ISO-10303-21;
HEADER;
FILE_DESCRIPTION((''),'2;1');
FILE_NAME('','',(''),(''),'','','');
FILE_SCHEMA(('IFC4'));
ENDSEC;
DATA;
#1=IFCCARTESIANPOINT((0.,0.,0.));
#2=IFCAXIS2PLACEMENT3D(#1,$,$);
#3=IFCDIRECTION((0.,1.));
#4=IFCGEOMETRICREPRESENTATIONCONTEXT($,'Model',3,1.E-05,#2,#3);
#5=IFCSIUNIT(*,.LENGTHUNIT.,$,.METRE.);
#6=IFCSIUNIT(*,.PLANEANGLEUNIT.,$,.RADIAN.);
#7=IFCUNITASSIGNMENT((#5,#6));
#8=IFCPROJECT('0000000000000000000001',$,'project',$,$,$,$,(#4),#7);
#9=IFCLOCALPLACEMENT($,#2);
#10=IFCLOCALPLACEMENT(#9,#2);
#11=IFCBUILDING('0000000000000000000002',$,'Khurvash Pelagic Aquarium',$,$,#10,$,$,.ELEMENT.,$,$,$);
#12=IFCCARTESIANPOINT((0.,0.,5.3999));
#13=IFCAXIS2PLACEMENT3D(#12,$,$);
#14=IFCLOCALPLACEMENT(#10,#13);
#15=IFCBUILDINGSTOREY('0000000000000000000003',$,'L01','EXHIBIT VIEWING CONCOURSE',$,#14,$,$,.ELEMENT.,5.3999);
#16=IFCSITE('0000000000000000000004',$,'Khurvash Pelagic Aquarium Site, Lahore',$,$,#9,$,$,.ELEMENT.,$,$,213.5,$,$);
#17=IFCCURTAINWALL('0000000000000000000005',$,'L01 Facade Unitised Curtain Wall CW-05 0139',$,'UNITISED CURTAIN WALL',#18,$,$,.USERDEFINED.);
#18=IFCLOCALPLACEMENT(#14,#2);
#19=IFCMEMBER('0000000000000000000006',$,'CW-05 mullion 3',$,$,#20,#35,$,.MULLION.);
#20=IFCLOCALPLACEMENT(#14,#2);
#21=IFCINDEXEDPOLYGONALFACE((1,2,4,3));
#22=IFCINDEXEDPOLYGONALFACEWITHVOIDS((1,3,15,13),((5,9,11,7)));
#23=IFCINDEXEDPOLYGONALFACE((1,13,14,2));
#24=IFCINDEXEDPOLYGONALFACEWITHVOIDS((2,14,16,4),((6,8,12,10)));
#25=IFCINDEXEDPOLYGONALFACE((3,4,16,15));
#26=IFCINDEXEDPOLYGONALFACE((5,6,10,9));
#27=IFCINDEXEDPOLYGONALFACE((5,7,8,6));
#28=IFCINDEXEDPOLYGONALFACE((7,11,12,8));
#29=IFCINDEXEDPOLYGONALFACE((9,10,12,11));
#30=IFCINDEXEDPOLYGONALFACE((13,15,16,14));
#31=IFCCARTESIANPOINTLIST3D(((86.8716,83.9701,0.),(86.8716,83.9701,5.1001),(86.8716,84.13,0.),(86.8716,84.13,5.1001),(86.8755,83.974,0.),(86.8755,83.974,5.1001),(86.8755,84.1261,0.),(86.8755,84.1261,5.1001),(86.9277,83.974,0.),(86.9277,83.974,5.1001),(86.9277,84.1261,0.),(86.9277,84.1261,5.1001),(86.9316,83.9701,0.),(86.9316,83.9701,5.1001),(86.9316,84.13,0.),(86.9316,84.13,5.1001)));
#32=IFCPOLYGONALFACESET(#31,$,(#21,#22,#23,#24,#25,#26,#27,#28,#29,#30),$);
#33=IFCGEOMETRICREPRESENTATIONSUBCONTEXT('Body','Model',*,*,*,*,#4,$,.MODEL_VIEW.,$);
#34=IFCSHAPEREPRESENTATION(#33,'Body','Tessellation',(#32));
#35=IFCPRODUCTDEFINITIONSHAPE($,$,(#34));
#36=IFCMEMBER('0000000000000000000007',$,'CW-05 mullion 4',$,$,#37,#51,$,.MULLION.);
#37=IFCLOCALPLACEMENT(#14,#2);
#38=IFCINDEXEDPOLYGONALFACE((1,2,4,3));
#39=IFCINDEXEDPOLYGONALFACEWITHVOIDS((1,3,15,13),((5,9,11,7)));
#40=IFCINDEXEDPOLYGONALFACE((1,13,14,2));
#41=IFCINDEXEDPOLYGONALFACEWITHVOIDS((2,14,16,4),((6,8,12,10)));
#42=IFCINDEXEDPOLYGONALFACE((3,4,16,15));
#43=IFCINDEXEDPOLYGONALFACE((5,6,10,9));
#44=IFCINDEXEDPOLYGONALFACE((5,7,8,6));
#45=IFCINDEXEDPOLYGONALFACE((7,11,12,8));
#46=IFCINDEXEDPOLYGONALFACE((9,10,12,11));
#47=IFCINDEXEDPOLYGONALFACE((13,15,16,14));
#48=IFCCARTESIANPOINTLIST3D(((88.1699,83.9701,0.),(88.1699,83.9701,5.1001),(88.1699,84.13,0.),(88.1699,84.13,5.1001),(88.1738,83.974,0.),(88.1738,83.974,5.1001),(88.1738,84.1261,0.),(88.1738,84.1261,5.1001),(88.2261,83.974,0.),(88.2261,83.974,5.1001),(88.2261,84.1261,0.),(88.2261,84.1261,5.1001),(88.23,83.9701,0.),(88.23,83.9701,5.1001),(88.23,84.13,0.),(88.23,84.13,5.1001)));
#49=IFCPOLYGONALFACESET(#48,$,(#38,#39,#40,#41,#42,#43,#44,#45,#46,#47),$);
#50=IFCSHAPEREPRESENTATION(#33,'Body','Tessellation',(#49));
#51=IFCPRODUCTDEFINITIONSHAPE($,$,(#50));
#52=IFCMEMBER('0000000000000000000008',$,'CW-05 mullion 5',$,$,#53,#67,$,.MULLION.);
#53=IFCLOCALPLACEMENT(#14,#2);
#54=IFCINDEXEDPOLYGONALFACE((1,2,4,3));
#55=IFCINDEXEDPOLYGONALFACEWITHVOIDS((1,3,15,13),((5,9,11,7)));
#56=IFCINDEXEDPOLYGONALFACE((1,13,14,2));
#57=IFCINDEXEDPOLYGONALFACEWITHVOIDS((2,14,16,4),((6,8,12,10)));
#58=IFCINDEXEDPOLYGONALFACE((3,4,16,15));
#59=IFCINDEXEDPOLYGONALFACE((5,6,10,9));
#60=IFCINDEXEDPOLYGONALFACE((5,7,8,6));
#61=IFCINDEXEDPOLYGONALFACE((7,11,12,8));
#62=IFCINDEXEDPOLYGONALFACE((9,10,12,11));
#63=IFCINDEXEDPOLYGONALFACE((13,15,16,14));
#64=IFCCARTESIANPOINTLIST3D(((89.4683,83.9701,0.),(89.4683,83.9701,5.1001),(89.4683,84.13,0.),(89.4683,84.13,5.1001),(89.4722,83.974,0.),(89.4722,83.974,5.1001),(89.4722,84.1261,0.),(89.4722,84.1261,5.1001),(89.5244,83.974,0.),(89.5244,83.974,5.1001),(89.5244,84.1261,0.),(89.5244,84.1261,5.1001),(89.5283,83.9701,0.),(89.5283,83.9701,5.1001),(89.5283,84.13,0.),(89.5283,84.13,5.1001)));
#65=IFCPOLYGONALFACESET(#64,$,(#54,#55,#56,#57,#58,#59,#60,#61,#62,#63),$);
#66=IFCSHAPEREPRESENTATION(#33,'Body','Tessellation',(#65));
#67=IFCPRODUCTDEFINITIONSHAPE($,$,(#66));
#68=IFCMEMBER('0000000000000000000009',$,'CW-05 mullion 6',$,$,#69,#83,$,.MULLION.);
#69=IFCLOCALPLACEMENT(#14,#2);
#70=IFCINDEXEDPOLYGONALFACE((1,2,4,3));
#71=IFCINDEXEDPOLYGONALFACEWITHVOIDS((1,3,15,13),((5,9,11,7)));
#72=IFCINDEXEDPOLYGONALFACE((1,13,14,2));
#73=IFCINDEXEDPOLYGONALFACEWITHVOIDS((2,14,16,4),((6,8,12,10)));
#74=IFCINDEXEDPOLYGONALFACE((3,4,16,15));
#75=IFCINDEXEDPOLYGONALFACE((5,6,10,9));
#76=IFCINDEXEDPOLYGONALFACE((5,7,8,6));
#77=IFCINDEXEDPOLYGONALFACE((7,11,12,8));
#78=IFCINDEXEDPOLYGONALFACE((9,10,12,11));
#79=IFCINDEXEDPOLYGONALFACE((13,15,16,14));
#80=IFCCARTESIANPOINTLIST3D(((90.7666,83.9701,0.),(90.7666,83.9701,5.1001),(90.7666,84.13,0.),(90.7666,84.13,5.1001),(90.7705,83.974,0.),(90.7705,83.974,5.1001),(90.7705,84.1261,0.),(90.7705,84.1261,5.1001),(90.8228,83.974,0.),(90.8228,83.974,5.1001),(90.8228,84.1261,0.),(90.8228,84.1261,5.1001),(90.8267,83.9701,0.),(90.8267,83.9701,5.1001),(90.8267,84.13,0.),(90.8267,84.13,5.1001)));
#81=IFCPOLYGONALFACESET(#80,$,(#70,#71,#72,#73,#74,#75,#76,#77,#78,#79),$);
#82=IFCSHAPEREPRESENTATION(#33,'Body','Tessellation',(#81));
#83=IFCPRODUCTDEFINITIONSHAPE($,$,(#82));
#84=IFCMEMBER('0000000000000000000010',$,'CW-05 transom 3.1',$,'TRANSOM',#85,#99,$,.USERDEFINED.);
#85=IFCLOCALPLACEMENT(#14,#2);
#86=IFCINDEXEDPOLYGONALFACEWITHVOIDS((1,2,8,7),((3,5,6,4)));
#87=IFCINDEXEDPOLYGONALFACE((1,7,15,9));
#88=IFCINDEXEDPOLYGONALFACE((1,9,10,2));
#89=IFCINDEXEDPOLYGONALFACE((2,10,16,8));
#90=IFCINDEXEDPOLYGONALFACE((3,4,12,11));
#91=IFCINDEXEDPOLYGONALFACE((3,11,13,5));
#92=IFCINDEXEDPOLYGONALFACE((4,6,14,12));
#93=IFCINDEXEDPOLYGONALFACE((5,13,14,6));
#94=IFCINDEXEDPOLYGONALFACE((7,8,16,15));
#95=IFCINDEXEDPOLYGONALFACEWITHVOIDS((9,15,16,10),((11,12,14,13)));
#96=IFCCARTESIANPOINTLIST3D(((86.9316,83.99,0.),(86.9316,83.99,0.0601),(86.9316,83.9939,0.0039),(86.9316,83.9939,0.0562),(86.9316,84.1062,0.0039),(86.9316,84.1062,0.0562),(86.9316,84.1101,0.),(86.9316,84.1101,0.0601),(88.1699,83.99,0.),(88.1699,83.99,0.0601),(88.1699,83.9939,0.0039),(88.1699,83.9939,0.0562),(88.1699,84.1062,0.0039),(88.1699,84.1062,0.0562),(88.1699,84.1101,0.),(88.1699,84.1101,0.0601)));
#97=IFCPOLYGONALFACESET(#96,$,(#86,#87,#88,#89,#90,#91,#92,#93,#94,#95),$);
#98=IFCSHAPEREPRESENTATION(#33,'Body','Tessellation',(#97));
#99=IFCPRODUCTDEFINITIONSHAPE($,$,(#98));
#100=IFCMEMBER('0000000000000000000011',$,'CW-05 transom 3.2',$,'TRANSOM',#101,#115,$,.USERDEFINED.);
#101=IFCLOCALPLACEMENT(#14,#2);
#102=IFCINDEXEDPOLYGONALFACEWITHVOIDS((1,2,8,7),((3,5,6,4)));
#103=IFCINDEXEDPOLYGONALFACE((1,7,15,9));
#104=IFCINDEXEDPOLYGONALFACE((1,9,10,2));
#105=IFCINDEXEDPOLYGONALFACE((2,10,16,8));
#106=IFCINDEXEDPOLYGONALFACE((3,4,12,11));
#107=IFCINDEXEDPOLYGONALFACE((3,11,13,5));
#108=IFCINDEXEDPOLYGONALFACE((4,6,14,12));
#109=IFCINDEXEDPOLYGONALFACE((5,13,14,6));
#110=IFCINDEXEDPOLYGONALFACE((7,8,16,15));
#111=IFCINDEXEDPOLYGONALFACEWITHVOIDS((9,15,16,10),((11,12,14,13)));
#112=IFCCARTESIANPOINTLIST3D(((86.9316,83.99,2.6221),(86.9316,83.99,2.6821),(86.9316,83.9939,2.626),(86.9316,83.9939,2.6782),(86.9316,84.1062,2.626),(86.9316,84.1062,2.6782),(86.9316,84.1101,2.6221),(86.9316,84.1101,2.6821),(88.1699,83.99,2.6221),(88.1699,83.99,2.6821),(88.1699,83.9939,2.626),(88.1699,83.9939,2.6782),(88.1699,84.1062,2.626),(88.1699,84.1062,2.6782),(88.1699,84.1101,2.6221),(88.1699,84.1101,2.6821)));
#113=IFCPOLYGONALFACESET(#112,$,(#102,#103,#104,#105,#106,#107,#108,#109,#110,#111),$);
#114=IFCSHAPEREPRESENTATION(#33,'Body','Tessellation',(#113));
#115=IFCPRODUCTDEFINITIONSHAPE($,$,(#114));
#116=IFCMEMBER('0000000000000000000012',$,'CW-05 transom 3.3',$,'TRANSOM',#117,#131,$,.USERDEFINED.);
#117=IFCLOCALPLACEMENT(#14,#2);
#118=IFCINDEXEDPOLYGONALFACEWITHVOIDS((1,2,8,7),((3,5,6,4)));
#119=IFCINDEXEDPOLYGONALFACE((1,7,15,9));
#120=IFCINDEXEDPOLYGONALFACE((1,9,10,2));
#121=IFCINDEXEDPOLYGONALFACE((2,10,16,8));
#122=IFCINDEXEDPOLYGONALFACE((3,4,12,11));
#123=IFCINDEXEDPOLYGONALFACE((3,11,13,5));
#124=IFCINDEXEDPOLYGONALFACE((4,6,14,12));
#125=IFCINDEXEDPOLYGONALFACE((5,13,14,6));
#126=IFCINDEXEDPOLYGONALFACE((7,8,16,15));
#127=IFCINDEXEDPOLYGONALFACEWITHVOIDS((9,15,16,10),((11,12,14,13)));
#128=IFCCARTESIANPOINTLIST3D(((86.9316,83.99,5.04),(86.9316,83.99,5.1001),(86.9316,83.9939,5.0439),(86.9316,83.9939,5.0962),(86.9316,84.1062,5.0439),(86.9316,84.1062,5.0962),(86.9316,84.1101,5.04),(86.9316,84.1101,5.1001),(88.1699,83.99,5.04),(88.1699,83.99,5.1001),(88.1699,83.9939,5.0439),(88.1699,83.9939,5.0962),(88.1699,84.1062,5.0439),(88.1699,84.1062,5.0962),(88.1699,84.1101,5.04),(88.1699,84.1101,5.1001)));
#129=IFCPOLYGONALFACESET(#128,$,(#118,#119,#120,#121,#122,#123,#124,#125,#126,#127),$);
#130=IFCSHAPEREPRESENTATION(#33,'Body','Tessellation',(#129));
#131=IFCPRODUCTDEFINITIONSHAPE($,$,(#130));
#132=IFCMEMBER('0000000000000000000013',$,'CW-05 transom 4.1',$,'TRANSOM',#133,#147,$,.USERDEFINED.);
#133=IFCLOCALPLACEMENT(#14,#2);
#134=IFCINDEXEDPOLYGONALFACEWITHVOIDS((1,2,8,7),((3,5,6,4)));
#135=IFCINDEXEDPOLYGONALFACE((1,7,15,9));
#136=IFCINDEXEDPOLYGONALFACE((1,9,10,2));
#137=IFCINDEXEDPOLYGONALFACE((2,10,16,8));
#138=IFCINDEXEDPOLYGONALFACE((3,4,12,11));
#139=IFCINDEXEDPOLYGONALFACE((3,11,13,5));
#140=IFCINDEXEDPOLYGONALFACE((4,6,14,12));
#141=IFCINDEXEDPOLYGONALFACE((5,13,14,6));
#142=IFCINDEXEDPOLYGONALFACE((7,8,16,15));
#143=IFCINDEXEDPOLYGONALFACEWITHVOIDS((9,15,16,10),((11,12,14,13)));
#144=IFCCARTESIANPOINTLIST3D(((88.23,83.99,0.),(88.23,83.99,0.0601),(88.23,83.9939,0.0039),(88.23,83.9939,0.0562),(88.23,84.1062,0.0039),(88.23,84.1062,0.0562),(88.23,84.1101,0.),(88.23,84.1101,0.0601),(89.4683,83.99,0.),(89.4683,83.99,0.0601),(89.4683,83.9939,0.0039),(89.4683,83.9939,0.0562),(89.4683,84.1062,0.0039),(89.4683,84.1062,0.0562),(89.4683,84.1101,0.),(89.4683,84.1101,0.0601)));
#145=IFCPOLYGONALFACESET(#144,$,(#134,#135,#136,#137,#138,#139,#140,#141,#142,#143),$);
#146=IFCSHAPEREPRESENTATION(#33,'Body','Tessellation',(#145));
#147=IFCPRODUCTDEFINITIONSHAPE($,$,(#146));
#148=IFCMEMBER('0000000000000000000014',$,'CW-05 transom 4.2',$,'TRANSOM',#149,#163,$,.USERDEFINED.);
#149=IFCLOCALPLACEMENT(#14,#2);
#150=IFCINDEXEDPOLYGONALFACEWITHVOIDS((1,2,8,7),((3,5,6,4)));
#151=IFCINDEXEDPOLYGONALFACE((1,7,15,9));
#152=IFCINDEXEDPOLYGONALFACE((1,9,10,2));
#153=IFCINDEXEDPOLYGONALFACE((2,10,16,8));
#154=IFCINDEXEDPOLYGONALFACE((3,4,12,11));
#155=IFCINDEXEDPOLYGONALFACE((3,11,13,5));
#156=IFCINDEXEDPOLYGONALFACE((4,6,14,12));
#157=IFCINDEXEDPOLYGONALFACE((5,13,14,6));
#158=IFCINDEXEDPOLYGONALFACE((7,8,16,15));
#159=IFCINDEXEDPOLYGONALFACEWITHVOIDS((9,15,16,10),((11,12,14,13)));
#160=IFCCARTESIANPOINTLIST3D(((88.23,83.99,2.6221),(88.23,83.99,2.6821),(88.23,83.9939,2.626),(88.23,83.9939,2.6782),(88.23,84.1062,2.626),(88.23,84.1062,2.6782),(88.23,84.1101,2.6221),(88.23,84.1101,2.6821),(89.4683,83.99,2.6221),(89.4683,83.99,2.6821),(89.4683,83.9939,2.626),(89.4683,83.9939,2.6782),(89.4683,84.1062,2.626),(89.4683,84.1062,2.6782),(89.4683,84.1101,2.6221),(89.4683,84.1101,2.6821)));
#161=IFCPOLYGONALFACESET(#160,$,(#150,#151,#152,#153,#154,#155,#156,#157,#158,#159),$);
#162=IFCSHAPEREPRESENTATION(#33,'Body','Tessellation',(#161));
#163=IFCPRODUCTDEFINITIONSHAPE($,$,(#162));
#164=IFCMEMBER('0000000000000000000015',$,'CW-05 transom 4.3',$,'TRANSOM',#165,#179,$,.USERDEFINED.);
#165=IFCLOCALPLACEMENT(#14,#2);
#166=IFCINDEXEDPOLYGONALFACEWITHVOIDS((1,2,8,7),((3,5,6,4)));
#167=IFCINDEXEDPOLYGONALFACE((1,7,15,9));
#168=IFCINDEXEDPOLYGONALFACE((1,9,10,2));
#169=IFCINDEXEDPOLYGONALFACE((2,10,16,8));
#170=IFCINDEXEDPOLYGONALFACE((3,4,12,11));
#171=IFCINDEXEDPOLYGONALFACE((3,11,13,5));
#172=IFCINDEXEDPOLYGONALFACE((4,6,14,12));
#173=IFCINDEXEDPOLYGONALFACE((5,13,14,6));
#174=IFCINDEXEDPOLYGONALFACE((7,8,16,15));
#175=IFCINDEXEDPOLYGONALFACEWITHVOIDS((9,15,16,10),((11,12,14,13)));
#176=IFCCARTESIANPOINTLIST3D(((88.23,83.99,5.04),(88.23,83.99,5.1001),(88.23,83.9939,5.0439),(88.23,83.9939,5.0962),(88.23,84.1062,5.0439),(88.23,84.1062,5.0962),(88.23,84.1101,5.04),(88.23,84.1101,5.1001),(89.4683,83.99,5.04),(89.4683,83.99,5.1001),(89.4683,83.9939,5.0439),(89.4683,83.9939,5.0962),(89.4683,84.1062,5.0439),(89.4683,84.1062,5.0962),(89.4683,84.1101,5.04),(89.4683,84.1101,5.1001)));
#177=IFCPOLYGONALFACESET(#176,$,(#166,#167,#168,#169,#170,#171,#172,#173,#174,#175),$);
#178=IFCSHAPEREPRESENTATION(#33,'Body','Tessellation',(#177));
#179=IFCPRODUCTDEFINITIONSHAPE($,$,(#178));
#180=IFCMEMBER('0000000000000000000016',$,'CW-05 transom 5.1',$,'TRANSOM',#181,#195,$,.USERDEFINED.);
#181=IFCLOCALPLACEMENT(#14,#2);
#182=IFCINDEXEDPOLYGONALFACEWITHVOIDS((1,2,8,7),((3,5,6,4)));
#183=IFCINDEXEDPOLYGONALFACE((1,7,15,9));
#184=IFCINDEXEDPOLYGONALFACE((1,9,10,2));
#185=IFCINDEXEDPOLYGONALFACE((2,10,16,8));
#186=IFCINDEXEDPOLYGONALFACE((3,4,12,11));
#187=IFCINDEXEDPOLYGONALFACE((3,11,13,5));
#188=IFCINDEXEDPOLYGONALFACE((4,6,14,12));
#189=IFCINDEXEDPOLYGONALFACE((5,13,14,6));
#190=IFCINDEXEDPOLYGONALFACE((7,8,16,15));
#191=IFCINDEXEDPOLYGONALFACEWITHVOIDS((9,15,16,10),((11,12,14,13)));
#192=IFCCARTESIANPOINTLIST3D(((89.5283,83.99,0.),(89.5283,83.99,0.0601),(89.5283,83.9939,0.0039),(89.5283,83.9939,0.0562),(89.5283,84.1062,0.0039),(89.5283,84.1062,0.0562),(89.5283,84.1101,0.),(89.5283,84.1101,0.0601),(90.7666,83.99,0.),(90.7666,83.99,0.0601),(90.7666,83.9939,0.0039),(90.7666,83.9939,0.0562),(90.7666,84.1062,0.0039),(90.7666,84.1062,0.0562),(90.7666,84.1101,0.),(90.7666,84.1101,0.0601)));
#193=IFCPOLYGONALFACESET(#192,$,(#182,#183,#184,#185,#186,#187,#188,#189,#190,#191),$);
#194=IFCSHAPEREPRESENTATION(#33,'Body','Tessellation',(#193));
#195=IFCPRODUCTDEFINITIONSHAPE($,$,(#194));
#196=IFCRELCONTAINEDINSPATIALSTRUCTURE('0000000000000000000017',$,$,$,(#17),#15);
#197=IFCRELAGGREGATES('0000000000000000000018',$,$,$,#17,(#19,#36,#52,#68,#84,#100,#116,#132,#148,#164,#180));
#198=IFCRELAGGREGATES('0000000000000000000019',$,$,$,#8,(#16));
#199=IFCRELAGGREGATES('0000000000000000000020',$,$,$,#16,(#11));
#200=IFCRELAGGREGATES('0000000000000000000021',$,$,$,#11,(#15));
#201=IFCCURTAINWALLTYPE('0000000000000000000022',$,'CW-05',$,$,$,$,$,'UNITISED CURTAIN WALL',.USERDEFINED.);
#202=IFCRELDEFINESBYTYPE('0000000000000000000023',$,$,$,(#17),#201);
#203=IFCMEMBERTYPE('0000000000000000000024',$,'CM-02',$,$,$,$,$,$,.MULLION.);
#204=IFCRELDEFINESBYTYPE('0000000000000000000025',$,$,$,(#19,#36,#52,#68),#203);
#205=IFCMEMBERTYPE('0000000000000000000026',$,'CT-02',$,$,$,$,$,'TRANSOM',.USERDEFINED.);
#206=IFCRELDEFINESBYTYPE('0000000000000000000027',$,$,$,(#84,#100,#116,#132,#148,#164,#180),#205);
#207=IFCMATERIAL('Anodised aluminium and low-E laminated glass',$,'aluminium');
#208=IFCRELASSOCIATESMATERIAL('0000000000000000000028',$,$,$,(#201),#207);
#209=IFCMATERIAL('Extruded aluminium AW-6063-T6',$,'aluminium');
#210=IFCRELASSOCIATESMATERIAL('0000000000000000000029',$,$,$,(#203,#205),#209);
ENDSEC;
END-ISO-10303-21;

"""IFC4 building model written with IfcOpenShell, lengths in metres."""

from ifc_helpers import new_model, si_unit, direction, frame, origin, origin_2d, place, context, subcontext, project, spatial, hollow_rectangle, extrude, material, material_profile, profile_set, type_object, element, aggregate, save


model = new_model("IFC4")

# Units and contexts
model_context = context("Model", 3, precision=1e-05, world=origin(), true_north=direction((0.0, 1.0)))
body_context = subcontext(model_context, "Body", "Model", "MODEL_VIEW")
ifc_project = project(units=[si_unit("LENGTHUNIT", "METRE"), si_unit("PLANEANGLEUNIT", "RADIAN")], contexts=[model_context])

# Site, building, storey
site_placement = place(None, origin())
site = spatial("IfcSite", under=ifc_project, at=site_placement, Name="Khurvash Pelagic Aquarium Site, Lahore", CompositionType="ELEMENT", RefElevation=213.5)
building_placement = place(site_placement, origin())
building = spatial("IfcBuilding", under=site, at=building_placement, Name="Khurvash Pelagic Aquarium", CompositionType="ELEMENT")
storey_placement = place(building_placement, frame((0.0, 0.0, 5.3999)))
storey = spatial("IfcBuildingStorey", under=building, at=storey_placement, Name="L01", Description="EXHIBIT VIEWING CONCOURSE", CompositionType="ELEMENT", Elevation=5.3999)

# Curtain wall, members
ifc_material_1 = material(Name="Anodised aluminium and low-E laminated glass", Category="aluminium")
curtain_wall_type = type_object("IfcCurtainWallType", Name="CW-05", ElementType="UNITISED CURTAIN WALL", PredefinedType="USERDEFINED", material=ifc_material_1)
curtain_wall_placement = place(storey_placement, origin())
curtain_wall = element("IfcCurtainWall", 1, at=curtain_wall_placement, inside=storey, type_object=curtain_wall_type, Name="L01 Facade Unitised Curtain Wall CW-05 0139", ObjectType="UNITISED CURTAIN WALL", PredefinedType="USERDEFINED")
ifc_material_2 = material(Name="Extruded aluminium AW-6063-T6", Category="aluminium")
ifc_material_profile_1 = material_profile(ifc_material_2, hollow_rectangle(XDim=0.0601, YDim=0.1599, WallThickness=0.0039, at=origin_2d()), Name="CWM60X160X4")
ifc_profile_set_1 = profile_set([ifc_material_profile_1], Name="Extruded aluminium AW-6063-T6")
member_type_1 = type_object("IfcMemberType", Name="CM-02", PredefinedType="MULLION", material=ifc_profile_set_1)
member_1_placement = place(storey_placement, frame((86.9016, 84.05, 0.0), z_axis=(0.0, 0.0, 1.0), x_axis=(1.0, 0.0, 0.0)))
member_1 = element("IfcMember", 2, at=member_1_placement, type_object=member_type_1, Name="CW-05 mullion 3", PredefinedType="MULLION", context=body_context, shape_type="SweptSolid", body=[
    extrude(hollow_rectangle(XDim=0.0601, YDim=0.1599, WallThickness=0.0039, at=origin_2d()), origin(), (0.0, 0.0, 1.0), 5.1001),
])
member_2_placement = place(storey_placement, frame((88.2, 84.05, 0.0), z_axis=(0.0, 0.0, 1.0), x_axis=(1.0, 0.0, 0.0)))
member_2 = element("IfcMember", 3, at=member_2_placement, type_object=member_type_1, Name="CW-05 mullion 4", PredefinedType="MULLION", context=body_context, shape_type="SweptSolid", body=[
    extrude(hollow_rectangle(XDim=0.0601, YDim=0.1599, WallThickness=0.0039, at=origin_2d()), origin(), (0.0, 0.0, 1.0), 5.1001),
])
member_3_placement = place(storey_placement, frame((89.4983, 84.05, 0.0), z_axis=(0.0, 0.0, 1.0), x_axis=(1.0, 0.0, 0.0)))
member_3 = element("IfcMember", 4, at=member_3_placement, type_object=member_type_1, Name="CW-05 mullion 5", PredefinedType="MULLION", context=body_context, shape_type="SweptSolid", body=[
    extrude(hollow_rectangle(XDim=0.0601, YDim=0.1599, WallThickness=0.0039, at=origin_2d()), origin(), (0.0, 0.0, 1.0), 5.1001),
])
member_4_placement = place(storey_placement, frame((90.7966, 84.05, 0.0), z_axis=(0.0, 0.0, 1.0), x_axis=(1.0, 0.0, 0.0)))
member_4 = element("IfcMember", 5, at=member_4_placement, type_object=member_type_1, Name="CW-05 mullion 6", PredefinedType="MULLION", context=body_context, shape_type="SweptSolid", body=[
    extrude(hollow_rectangle(XDim=0.0601, YDim=0.1599, WallThickness=0.0039, at=origin_2d()), origin(), (0.0, 0.0, 1.0), 5.1001),
])
ifc_material_profile_2 = material_profile(ifc_material_2, hollow_rectangle(XDim=0.1201, YDim=0.0601, WallThickness=0.0039, at=origin_2d()), Name="CWT120X60X4")
ifc_profile_set_2 = profile_set([ifc_material_profile_2], Name="Extruded aluminium AW-6063-T6")
member_type_2 = type_object("IfcMemberType", Name="CT-02", ElementType="TRANSOM", PredefinedType="USERDEFINED", material=ifc_profile_set_2)
member_5_placement = place(storey_placement, frame((86.9316, 84.05, 0.03), z_axis=(1.0, 0.0, 0.0), x_axis=(0.0, 1.0, 0.0)))
member_5 = element("IfcMember", 6, at=member_5_placement, type_object=member_type_2, Name="CW-05 transom 3.1", ObjectType="TRANSOM", PredefinedType="USERDEFINED", context=body_context, shape_type="SweptSolid", body=[
    extrude(hollow_rectangle(XDim=0.1201, YDim=0.0601, WallThickness=0.0039, at=origin_2d()), origin(), (0.0, 0.0, 1.0), 1.2383),
])
member_6_placement = place(storey_placement, frame((86.9316, 84.05, 2.6521), z_axis=(1.0, 0.0, 0.0), x_axis=(0.0, 1.0, 0.0)))
member_6 = element("IfcMember", 7, at=member_6_placement, type_object=member_type_2, Name="CW-05 transom 3.2", ObjectType="TRANSOM", PredefinedType="USERDEFINED", context=body_context, shape_type="SweptSolid", body=[
    extrude(hollow_rectangle(XDim=0.1201, YDim=0.0601, WallThickness=0.0039, at=origin_2d()), origin(), (0.0, 0.0, 1.0), 1.2383),
])
member_7_placement = place(storey_placement, frame((86.9316, 84.05, 5.0701), z_axis=(1.0, 0.0, 0.0), x_axis=(0.0, 1.0, 0.0)))
member_7 = element("IfcMember", 8, at=member_7_placement, type_object=member_type_2, Name="CW-05 transom 3.3", ObjectType="TRANSOM", PredefinedType="USERDEFINED", context=body_context, shape_type="SweptSolid", body=[
    extrude(hollow_rectangle(XDim=0.1201, YDim=0.0601, WallThickness=0.0039, at=origin_2d()), origin(), (0.0, 0.0, 1.0), 1.2383),
])
member_8_placement = place(storey_placement, frame((88.23, 84.05, 0.03), z_axis=(1.0, 0.0, 0.0), x_axis=(0.0, 1.0, 0.0)))
member_8 = element("IfcMember", 9, at=member_8_placement, type_object=member_type_2, Name="CW-05 transom 4.1", ObjectType="TRANSOM", PredefinedType="USERDEFINED", context=body_context, shape_type="SweptSolid", body=[
    extrude(hollow_rectangle(XDim=0.1201, YDim=0.0601, WallThickness=0.0039, at=origin_2d()), origin(), (0.0, 0.0, 1.0), 1.2383),
])
member_9_placement = place(storey_placement, frame((88.23, 84.05, 2.6521), z_axis=(1.0, 0.0, 0.0), x_axis=(0.0, 1.0, 0.0)))
member_9 = element("IfcMember", 10, at=member_9_placement, type_object=member_type_2, Name="CW-05 transom 4.2", ObjectType="TRANSOM", PredefinedType="USERDEFINED", context=body_context, shape_type="SweptSolid", body=[
    extrude(hollow_rectangle(XDim=0.1201, YDim=0.0601, WallThickness=0.0039, at=origin_2d()), origin(), (0.0, 0.0, 1.0), 1.2383),
])
member_10_placement = place(storey_placement, frame((88.23, 84.05, 5.0701), z_axis=(1.0, 0.0, 0.0), x_axis=(0.0, 1.0, 0.0)))
member_10 = element("IfcMember", 11, at=member_10_placement, type_object=member_type_2, Name="CW-05 transom 4.3", ObjectType="TRANSOM", PredefinedType="USERDEFINED", context=body_context, shape_type="SweptSolid", body=[
    extrude(hollow_rectangle(XDim=0.1201, YDim=0.0601, WallThickness=0.0039, at=origin_2d()), origin(), (0.0, 0.0, 1.0), 1.2383),
])
member_11_placement = place(storey_placement, frame((89.5283, 84.05, 0.03), z_axis=(1.0, 0.0, 0.0), x_axis=(0.0, 1.0, 0.0)))
member_11 = element("IfcMember", 12, at=member_11_placement, type_object=member_type_2, Name="CW-05 transom 5.1", ObjectType="TRANSOM", PredefinedType="USERDEFINED", context=body_context, shape_type="SweptSolid", body=[
    extrude(hollow_rectangle(XDim=0.1201, YDim=0.0601, WallThickness=0.0039, at=origin_2d()), origin(), (0.0, 0.0, 1.0), 1.2383),
])
aggregate(curtain_wall, [member_1, member_2, member_3, member_4, member_5, member_6, member_7, member_8, member_9, member_10, member_11])

save(model, "model.ifc")
